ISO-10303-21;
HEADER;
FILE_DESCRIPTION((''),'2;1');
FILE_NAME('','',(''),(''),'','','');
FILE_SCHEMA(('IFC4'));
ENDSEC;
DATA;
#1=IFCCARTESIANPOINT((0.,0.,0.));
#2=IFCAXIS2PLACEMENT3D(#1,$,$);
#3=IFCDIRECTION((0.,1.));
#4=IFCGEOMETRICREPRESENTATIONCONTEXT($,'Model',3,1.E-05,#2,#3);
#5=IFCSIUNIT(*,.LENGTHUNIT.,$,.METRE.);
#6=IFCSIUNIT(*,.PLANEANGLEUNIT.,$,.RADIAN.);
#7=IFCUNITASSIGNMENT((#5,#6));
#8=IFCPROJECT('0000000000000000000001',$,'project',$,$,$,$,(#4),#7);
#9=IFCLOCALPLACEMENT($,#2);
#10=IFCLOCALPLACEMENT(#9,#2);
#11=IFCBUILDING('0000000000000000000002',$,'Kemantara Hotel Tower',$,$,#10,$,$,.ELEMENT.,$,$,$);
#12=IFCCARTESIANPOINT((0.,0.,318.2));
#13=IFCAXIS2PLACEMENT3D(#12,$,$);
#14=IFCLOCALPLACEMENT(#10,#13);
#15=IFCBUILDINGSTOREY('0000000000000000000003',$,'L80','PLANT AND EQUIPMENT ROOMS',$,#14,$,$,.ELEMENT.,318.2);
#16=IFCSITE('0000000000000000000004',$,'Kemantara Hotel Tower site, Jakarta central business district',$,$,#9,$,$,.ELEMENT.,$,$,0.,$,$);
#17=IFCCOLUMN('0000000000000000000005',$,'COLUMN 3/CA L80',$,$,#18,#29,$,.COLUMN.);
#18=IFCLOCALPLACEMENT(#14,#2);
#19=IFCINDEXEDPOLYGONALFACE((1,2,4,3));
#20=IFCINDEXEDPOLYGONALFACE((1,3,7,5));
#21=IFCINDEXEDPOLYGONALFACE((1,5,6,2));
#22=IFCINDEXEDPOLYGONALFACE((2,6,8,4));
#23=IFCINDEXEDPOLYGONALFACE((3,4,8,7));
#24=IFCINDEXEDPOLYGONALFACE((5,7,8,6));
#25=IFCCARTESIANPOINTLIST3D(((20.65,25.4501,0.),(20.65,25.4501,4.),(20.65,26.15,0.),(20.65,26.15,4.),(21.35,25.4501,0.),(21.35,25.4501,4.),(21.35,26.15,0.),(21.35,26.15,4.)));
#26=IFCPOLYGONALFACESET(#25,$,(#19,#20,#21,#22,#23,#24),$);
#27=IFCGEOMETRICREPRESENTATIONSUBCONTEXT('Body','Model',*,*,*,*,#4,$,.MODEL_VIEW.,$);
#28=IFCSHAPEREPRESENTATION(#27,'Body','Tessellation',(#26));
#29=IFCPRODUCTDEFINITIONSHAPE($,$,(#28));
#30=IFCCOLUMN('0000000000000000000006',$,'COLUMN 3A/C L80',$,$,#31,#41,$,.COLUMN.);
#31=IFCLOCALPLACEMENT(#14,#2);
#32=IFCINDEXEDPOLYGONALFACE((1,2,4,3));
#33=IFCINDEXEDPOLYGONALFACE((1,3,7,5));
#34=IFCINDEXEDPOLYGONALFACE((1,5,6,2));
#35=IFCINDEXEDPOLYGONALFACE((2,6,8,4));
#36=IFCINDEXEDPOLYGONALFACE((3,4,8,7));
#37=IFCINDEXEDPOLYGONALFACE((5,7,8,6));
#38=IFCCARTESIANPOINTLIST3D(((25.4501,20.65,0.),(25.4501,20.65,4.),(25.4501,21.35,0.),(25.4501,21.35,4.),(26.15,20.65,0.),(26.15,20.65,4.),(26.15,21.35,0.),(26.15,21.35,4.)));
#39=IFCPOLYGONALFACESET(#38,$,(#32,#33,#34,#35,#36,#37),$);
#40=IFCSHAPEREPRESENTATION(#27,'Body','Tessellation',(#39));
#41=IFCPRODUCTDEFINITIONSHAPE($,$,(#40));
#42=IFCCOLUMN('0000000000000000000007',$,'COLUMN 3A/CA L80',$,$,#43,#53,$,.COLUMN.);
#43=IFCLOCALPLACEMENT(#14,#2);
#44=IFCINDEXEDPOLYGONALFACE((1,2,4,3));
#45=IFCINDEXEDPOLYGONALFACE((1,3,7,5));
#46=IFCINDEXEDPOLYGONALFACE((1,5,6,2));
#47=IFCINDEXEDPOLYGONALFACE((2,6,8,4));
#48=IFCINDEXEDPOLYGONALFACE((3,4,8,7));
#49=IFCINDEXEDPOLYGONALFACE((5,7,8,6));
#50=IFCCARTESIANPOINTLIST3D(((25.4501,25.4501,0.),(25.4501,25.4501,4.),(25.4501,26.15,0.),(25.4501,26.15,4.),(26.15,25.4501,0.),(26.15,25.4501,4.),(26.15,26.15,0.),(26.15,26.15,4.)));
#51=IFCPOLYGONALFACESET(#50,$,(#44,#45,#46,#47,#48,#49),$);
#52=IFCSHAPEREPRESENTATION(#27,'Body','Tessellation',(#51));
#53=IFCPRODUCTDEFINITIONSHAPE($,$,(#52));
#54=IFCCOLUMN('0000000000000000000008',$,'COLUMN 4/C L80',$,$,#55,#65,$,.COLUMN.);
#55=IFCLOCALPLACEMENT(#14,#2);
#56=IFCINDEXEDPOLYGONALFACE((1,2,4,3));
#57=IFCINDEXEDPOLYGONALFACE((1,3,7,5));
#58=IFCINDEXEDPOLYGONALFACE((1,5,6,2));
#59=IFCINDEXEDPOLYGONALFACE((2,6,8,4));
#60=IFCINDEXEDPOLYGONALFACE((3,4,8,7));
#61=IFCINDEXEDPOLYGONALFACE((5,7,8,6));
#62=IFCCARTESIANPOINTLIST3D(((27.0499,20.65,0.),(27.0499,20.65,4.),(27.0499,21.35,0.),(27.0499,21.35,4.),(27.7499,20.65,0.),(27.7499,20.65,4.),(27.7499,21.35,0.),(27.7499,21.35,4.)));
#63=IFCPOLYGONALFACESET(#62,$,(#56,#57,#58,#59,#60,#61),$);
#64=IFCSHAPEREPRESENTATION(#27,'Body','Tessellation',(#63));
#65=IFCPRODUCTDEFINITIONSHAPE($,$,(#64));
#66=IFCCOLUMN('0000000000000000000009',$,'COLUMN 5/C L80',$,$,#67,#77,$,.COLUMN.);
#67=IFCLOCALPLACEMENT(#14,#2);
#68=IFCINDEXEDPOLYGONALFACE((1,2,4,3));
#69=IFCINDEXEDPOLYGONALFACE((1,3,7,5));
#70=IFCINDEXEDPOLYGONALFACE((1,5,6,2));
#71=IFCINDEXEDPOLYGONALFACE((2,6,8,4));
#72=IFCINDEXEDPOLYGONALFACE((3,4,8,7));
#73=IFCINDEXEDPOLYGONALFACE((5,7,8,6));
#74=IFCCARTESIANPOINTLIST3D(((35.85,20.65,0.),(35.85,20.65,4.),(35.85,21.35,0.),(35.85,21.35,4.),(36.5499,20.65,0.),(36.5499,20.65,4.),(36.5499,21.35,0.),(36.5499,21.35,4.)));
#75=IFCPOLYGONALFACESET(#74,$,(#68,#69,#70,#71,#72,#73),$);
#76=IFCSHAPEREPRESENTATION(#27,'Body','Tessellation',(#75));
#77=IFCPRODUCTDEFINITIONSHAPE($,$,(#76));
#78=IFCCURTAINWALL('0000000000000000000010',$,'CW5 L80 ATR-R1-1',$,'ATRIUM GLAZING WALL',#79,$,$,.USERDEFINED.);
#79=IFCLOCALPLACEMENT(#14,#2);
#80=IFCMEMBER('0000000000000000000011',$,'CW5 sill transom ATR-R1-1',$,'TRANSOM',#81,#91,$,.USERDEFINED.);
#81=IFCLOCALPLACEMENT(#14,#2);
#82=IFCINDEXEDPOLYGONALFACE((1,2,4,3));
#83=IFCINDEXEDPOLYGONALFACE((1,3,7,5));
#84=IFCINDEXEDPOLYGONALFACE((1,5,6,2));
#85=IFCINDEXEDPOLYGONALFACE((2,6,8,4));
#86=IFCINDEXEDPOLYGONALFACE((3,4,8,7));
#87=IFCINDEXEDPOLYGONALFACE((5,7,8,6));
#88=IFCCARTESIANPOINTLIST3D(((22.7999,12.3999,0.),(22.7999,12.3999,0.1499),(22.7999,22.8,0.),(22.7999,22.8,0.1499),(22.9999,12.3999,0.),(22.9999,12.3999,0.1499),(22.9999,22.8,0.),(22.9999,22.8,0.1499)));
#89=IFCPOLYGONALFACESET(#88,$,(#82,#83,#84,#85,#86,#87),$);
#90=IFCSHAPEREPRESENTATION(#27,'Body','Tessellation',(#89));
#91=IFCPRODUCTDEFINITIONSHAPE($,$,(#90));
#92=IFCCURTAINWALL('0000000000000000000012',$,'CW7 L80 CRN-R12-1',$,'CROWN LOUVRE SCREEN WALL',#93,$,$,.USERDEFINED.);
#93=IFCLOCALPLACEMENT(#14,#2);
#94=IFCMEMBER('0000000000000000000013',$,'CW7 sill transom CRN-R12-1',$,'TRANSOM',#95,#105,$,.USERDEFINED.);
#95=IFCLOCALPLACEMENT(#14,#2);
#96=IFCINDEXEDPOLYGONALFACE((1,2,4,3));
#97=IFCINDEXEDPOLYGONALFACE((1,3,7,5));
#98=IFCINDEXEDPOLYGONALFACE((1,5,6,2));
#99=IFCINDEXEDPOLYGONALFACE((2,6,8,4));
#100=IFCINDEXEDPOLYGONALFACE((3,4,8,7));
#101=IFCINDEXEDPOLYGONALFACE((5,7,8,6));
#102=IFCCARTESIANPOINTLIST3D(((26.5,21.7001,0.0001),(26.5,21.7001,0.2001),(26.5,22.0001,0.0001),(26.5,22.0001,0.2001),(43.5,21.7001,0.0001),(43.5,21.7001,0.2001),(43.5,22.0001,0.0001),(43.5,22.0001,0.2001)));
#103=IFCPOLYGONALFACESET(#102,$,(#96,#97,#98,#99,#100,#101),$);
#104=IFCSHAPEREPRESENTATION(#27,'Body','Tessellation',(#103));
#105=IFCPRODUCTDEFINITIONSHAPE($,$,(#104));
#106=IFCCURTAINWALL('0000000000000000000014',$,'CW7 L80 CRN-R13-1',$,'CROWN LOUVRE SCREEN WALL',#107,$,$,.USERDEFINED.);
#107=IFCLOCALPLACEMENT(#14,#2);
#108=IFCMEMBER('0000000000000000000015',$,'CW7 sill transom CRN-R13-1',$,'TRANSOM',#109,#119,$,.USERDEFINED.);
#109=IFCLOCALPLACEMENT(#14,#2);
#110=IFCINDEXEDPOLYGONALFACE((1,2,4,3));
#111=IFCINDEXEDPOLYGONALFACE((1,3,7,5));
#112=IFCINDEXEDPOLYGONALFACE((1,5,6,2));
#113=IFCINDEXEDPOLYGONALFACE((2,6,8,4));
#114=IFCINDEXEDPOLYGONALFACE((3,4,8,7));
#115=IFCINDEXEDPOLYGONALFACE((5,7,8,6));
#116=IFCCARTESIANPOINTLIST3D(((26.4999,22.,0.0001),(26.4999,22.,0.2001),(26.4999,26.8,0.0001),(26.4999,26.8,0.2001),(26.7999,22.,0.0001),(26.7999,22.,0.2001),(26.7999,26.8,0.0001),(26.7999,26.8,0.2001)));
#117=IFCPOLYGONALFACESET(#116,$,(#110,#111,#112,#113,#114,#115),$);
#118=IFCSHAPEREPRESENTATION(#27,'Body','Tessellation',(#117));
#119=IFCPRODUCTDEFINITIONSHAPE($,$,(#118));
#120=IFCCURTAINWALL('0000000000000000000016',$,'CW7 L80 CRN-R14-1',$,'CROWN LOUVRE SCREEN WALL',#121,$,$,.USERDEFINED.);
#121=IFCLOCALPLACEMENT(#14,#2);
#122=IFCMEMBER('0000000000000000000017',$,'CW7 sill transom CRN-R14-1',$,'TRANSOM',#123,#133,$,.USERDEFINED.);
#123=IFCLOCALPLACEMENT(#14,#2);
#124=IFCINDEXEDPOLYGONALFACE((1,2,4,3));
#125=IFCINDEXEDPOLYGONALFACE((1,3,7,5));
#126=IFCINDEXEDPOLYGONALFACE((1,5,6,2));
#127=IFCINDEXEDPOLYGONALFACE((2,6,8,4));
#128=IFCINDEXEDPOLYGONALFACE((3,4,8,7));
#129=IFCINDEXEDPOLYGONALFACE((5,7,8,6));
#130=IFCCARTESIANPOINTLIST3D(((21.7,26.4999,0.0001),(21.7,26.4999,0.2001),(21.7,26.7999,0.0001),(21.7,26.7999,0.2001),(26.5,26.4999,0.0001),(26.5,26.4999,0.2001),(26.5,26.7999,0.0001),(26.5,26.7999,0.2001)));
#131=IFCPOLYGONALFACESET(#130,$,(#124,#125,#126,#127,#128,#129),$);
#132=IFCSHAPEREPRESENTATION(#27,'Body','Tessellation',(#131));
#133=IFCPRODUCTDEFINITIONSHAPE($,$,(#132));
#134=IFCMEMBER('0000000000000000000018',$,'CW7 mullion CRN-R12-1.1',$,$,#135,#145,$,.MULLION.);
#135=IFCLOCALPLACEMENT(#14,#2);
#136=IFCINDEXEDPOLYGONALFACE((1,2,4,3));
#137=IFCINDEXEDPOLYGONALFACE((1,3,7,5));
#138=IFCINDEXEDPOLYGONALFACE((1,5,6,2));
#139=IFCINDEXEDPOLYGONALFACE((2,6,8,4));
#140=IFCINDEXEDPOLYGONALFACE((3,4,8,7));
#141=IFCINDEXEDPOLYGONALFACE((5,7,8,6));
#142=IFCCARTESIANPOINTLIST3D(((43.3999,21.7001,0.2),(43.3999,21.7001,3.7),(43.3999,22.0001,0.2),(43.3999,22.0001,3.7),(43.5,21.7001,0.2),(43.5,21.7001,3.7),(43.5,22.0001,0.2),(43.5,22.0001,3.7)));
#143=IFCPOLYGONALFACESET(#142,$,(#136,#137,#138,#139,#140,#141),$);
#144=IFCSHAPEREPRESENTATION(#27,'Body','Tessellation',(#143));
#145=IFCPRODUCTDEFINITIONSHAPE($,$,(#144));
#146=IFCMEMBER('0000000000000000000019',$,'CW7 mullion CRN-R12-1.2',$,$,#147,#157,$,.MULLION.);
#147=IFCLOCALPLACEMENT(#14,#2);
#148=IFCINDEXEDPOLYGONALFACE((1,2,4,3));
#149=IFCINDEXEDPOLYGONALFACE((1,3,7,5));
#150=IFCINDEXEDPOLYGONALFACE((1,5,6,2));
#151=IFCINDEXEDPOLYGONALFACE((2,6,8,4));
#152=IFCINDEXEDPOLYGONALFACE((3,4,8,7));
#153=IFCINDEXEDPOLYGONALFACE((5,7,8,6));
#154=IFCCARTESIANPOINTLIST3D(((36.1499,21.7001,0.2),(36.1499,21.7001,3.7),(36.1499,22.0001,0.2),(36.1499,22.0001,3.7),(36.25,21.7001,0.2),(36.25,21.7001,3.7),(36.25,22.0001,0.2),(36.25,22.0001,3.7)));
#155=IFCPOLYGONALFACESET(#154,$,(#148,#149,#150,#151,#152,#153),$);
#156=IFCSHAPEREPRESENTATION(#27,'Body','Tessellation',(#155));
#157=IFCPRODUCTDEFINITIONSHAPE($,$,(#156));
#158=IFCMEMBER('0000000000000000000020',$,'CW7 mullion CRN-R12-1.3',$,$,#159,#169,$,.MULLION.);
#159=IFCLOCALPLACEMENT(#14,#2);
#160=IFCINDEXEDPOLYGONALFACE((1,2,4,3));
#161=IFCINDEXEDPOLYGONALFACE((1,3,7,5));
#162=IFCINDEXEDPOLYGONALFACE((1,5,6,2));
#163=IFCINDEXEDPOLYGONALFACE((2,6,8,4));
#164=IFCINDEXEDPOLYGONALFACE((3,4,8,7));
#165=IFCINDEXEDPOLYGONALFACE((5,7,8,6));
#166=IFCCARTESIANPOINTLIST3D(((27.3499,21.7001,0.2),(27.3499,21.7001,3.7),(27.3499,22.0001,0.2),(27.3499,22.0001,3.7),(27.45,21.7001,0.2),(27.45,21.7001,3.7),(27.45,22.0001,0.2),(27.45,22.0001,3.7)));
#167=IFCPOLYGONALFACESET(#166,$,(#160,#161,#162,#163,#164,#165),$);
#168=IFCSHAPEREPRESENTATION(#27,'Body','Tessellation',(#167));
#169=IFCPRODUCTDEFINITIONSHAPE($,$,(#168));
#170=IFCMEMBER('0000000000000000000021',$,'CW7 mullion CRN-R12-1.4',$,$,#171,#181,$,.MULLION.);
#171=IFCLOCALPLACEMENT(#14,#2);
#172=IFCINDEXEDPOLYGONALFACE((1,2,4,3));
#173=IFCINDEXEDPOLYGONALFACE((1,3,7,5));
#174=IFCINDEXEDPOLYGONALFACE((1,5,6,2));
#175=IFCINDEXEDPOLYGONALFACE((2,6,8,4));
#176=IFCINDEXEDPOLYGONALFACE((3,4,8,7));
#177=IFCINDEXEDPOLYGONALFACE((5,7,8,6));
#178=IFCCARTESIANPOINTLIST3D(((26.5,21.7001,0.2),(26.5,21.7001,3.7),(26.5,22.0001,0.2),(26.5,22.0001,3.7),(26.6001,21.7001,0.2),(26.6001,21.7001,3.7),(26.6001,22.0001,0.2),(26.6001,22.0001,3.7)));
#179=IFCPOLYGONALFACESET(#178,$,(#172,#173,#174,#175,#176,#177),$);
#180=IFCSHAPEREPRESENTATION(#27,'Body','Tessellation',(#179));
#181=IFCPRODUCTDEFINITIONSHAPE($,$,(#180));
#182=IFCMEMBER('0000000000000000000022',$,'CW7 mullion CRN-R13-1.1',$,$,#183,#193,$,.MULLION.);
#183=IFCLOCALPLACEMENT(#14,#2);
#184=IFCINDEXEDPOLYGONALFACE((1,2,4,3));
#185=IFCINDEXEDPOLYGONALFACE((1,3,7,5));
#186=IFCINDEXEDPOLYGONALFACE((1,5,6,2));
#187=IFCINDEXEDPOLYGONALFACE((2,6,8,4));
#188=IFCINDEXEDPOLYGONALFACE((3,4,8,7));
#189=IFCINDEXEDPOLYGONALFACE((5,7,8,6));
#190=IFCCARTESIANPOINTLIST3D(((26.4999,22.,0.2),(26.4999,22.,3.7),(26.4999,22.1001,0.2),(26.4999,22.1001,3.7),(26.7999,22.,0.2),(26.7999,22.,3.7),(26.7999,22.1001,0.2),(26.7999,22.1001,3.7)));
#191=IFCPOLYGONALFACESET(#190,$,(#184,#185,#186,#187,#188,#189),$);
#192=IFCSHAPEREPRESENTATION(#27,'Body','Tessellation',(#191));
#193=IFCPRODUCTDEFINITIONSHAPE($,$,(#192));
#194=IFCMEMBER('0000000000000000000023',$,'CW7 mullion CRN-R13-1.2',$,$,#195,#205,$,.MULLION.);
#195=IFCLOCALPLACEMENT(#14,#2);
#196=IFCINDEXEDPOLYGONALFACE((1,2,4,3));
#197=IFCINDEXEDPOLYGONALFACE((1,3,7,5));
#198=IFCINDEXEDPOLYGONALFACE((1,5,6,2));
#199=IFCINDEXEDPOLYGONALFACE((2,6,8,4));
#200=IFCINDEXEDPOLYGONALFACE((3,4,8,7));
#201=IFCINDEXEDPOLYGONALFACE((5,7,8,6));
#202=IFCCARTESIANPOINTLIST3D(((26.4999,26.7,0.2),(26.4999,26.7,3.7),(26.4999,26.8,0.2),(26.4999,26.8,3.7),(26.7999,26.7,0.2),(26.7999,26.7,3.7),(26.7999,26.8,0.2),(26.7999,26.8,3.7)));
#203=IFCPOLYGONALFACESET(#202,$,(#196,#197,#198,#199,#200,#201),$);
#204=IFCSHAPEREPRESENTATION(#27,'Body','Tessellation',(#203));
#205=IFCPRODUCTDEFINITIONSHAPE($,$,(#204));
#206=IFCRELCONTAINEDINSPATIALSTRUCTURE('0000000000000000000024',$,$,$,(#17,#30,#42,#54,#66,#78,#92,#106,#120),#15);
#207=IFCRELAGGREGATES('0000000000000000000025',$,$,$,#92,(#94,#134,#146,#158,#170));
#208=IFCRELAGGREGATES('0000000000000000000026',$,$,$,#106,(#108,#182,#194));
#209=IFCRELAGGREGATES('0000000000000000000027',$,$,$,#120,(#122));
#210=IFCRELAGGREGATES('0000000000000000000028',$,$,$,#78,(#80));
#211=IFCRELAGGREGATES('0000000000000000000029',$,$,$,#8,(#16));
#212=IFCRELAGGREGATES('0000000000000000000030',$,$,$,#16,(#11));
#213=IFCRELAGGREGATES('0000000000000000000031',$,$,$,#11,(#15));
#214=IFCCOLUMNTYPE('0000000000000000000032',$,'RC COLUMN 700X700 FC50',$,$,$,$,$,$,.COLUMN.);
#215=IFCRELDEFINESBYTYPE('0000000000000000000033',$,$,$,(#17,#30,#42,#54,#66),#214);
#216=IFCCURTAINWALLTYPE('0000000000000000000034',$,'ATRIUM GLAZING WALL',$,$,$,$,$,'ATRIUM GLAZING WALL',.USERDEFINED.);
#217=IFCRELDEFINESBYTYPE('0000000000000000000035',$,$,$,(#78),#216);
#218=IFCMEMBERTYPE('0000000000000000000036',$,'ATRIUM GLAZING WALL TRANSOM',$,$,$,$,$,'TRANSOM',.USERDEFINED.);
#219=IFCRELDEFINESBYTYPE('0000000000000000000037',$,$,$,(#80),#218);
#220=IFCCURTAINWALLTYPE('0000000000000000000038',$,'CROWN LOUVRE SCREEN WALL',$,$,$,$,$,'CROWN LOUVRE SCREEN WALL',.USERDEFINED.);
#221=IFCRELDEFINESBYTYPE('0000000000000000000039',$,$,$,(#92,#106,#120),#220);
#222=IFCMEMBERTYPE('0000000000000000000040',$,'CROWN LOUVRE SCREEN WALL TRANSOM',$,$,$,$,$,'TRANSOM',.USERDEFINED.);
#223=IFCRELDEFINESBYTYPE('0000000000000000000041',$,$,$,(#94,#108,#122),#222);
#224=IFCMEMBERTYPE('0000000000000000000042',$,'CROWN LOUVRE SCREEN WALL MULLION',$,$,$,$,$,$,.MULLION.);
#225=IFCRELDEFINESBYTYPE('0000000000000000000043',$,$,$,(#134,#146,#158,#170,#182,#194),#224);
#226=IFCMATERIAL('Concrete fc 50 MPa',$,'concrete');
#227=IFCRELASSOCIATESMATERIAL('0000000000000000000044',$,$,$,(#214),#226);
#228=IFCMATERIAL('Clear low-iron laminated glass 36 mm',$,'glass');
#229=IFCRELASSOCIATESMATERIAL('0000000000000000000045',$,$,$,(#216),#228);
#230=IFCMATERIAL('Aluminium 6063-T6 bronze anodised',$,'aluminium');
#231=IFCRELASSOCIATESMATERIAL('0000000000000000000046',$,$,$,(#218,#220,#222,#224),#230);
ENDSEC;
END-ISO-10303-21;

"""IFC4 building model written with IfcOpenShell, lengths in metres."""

from ifc_helpers import new_model, si_unit, direction, frame, origin, origin_2d, place, context, subcontext, project, spatial, rectangle, extrude, source, transform, mapped, material, material_profile, profile_set, type_object, element, aggregate, save


model = new_model("IFC4")

# Units and contexts
model_context = context("Model", 3, precision=1e-05, world=origin(), true_north=direction((0.0, 1.0)))
body_context = subcontext(model_context, "Body", "Model", "MODEL_VIEW")
ifc_project = project(units=[si_unit("LENGTHUNIT", "METRE"), si_unit("PLANEANGLEUNIT", "RADIAN")], contexts=[model_context])

# Site, building, storey
site_placement = place(None, origin())
site = spatial("IfcSite", under=ifc_project, at=site_placement, Name="Kemantara Hotel Tower site, Jakarta central business district", CompositionType="ELEMENT", RefElevation=0.0)
building_placement = place(site_placement, origin())
building = spatial("IfcBuilding", under=site, at=building_placement, Name="Kemantara Hotel Tower", CompositionType="ELEMENT")
storey_placement = place(building_placement, frame((0.0, 0.0, 318.2)))
storey = spatial("IfcBuildingStorey", under=building, at=storey_placement, Name="L80", Description="PLANT AND EQUIPMENT ROOMS", CompositionType="ELEMENT", Elevation=318.2)

# Columns
ifc_material_1 = material(Name="Concrete fc 50 MPa", Category="concrete")
ifc_material_profile_1 = material_profile(ifc_material_1, rectangle(XDim=0.7, YDim=0.7, at=origin_2d()), Name="RC 700X700")
ifc_profile_set_1 = profile_set([ifc_material_profile_1], Name="Concrete fc 50 MPa")
column_type = type_object("IfcColumnType", Name="RC COLUMN 700X700 FC50", PredefinedType="COLUMN", material=ifc_profile_set_1)
for number, where, z_axis, x_axis, name in (
    (1, (21.0, 25.8, 0.0), (0.0, 0.0, 1.0), (1.0, 0.0, 0.0), "COLUMN 3/CA L80"),
    (2, (25.8, 21.0, 0.0), (0.0, 0.0, 1.0), (1.0, 0.0, 0.0), "COLUMN 3A/C L80"),
    (3, (25.8, 25.8, 0.0), (0.0, 0.0, 1.0), (1.0, 0.0, 0.0), "COLUMN 3A/CA L80"),
    (4, (27.3999, 21.0, 0.0), (0.0, 0.0, 1.0), (1.0, 0.0, 0.0), "COLUMN 4/C L80"),
    (5, (36.2, 21.0, 0.0), (0.0, 0.0, 1.0), (1.0, 0.0, 0.0), "COLUMN 5/C L80"),
):
    element("IfcColumn", number, at=place(storey_placement, frame(where, z_axis=z_axis, x_axis=x_axis)), inside=storey, type_object=column_type, Name=name, PredefinedType="COLUMN", context=body_context, shape_type="SweptSolid", body=[
        extrude(rectangle(XDim=0.7, YDim=0.7, at=origin_2d()), origin(), (0.0, 0.0, 1.0), 4.0),
    ])

# Curtain walls, members
ifc_material_2 = material(Name="Clear low-iron laminated glass 36 mm", Category="glass")
curtain_wall_type_1 = type_object("IfcCurtainWallType", Name="ATRIUM GLAZING WALL", ElementType="ATRIUM GLAZING WALL", PredefinedType="USERDEFINED", material=ifc_material_2)
curtain_wall_1_placement = place(storey_placement, origin())
curtain_wall_1 = element("IfcCurtainWall", 6, at=curtain_wall_1_placement, inside=storey, type_object=curtain_wall_type_1, Name="CW5 L80 ATR-R1-1", ObjectType="ATRIUM GLAZING WALL", PredefinedType="USERDEFINED")
ifc_material_3 = material(Name="Aluminium 6063-T6 bronze anodised", Category="aluminium")
ifc_material_profile_2 = material_profile(ifc_material_3, rectangle(XDim=0.2, YDim=0.1499, at=origin_2d()), Name="ATRIUM GLAZING WALL TRANSOM")
ifc_profile_set_2 = profile_set([ifc_material_profile_2], Name="Aluminium 6063-T6 bronze anodised")
member_type_1 = type_object("IfcMemberType", Name="ATRIUM GLAZING WALL TRANSOM", ElementType="TRANSOM", PredefinedType="USERDEFINED", material=ifc_profile_set_2)
member_1_placement = place(storey_placement, frame((22.8999, 22.8, 0.075), z_axis=(0.0, -1.0, 0.0), x_axis=(1.0, 0.0, 0.0)))
member_1 = element("IfcMember", 7, at=member_1_placement, type_object=member_type_1, Name="CW5 sill transom ATR-R1-1", ObjectType="TRANSOM", PredefinedType="USERDEFINED", context=body_context, shape_type="SweptSolid", body=[
    extrude(rectangle(XDim=0.2, YDim=0.1499, at=origin_2d()), origin(), (0.0, 0.0, 1.0), 10.4001),
])
curtain_wall_type_2 = type_object("IfcCurtainWallType", Name="CROWN LOUVRE SCREEN WALL", ElementType="CROWN LOUVRE SCREEN WALL", PredefinedType="USERDEFINED", material=ifc_material_3)
curtain_wall_2_placement = place(storey_placement, origin())
curtain_wall_2 = element("IfcCurtainWall", 8, at=curtain_wall_2_placement, inside=storey, type_object=curtain_wall_type_2, Name="CW7 L80 CRN-R12-1", ObjectType="CROWN LOUVRE SCREEN WALL", PredefinedType="USERDEFINED")
ifc_material_profile_3 = material_profile(ifc_material_3, rectangle(XDim=0.3, YDim=0.2, at=origin_2d()), Name="CROWN LOUVRE SCREEN WALL TRANSOM")
ifc_profile_set_3 = profile_set([ifc_material_profile_3], Name="Aluminium 6063-T6 bronze anodised")
member_type_2 = type_object("IfcMemberType", Name="CROWN LOUVRE SCREEN WALL TRANSOM", ElementType="TRANSOM", PredefinedType="USERDEFINED", material=ifc_profile_set_3)
member_2_placement = place(storey_placement, frame((43.5, 21.8501, 0.1001), z_axis=(-1.0, 0.0, 0.0), x_axis=(0.0, -1.0, 0.0)))
member_2 = element("IfcMember", 9, at=member_2_placement, type_object=member_type_2, Name="CW7 sill transom CRN-R12-1", ObjectType="TRANSOM", PredefinedType="USERDEFINED", context=body_context, shape_type="SweptSolid", body=[
    extrude(rectangle(XDim=0.3, YDim=0.2, at=origin_2d()), origin(), (0.0, 0.0, 1.0), 17.0),
])
curtain_wall_3_placement = place(storey_placement, origin())
curtain_wall_3 = element("IfcCurtainWall", 10, at=curtain_wall_3_placement, inside=storey, type_object=curtain_wall_type_2, Name="CW7 L80 CRN-R13-1", ObjectType="CROWN LOUVRE SCREEN WALL", PredefinedType="USERDEFINED")
member_3_placement = place(storey_placement, frame((26.6499, 22.0, 0.1001), z_axis=(0.0, 1.0, 0.0), x_axis=(-1.0, 0.0, 0.0)))
member_3 = element("IfcMember", 11, at=member_3_placement, type_object=member_type_2, Name="CW7 sill transom CRN-R13-1", ObjectType="TRANSOM", PredefinedType="USERDEFINED", context=body_context, shape_type="SweptSolid", body=[
    extrude(rectangle(XDim=0.3, YDim=0.2, at=origin_2d()), origin(), (0.0, 0.0, 1.0), 4.8),
])
curtain_wall_4_placement = place(storey_placement, origin())
curtain_wall_4 = element("IfcCurtainWall", 12, at=curtain_wall_4_placement, inside=storey, type_object=curtain_wall_type_2, Name="CW7 L80 CRN-R14-1", ObjectType="CROWN LOUVRE SCREEN WALL", PredefinedType="USERDEFINED")
member_4_placement = place(storey_placement, frame((26.5, 26.6499, 0.1001), z_axis=(-1.0, 0.0, 0.0), x_axis=(0.0, -1.0, 0.0)))
member_4 = element("IfcMember", 13, at=member_4_placement, type_object=member_type_2, Name="CW7 sill transom CRN-R14-1", ObjectType="TRANSOM", PredefinedType="USERDEFINED", context=body_context, shape_type="SweptSolid", body=[
    extrude(rectangle(XDim=0.3, YDim=0.2, at=origin_2d()), origin(), (0.0, 0.0, 1.0), 4.8),
])

# Members
ifc_material_profile_4 = material_profile(ifc_material_3, rectangle(XDim=0.3, YDim=0.1001, at=origin_2d()), Name="CROWN LOUVRE SCREEN WALL MULLION")
ifc_profile_set_4 = profile_set([ifc_material_profile_4], Name="Aluminium 6063-T6 bronze anodised")
member_type_3 = type_object("IfcMemberType", Name="CROWN LOUVRE SCREEN WALL MULLION", PredefinedType="MULLION", material=ifc_profile_set_4)
shared_shape_1 = source(origin(), body_context, "Body", "SweptSolid", [
    extrude(rectangle(XDim=0.3, YDim=0.1001, at=origin_2d()), origin(), (0.0, 0.0, 1.0), 3.5),
])
member_5_placement = place(storey_placement, frame((43.45, 21.8501, 0.2), z_axis=(0.0, 0.0, 1.0), x_axis=(0.0, -1.0, 0.0)))
member_5 = element("IfcMember", 14, at=member_5_placement, type_object=member_type_3, Name="CW7 mullion CRN-R12-1.1", PredefinedType="MULLION", context=body_context, shape_type="MappedRepresentation", body=[
    mapped(shared_shape_1, transform((0.0, 0.0, 0.0))),
])
member_6_placement = place(storey_placement, frame((36.2, 21.8501, 0.2), z_axis=(0.0, 0.0, 1.0), x_axis=(0.0, -1.0, 0.0)))
member_6 = element("IfcMember", 15, at=member_6_placement, type_object=member_type_3, Name="CW7 mullion CRN-R12-1.2", PredefinedType="MULLION", context=body_context, shape_type="MappedRepresentation", body=[
    mapped(shared_shape_1, transform((0.0, 0.0, 0.0))),
])
member_7_placement = place(storey_placement, frame((27.3999, 21.8501, 0.2), z_axis=(0.0, 0.0, 1.0), x_axis=(0.0, -1.0, 0.0)))
member_7 = element("IfcMember", 16, at=member_7_placement, type_object=member_type_3, Name="CW7 mullion CRN-R12-1.3", PredefinedType="MULLION", context=body_context, shape_type="MappedRepresentation", body=[
    mapped(shared_shape_1, transform((0.0, 0.0, 0.0))),
])
member_8_placement = place(storey_placement, frame((26.55, 21.8501, 0.2), z_axis=(0.0, 0.0, 1.0), x_axis=(0.0, -1.0, 0.0)))
member_8 = element("IfcMember", 17, at=member_8_placement, type_object=member_type_3, Name="CW7 mullion CRN-R12-1.4", PredefinedType="MULLION", context=body_context, shape_type="MappedRepresentation", body=[
    mapped(shared_shape_1, transform((0.0, 0.0, 0.0))),
])
member_9_placement = place(storey_placement, frame((26.6499, 22.05, 0.2), z_axis=(0.0, 0.0, 1.0), x_axis=(-1.0, 0.0, 0.0)))
member_9 = element("IfcMember", 18, at=member_9_placement, type_object=member_type_3, Name="CW7 mullion CRN-R13-1.1", PredefinedType="MULLION", context=body_context, shape_type="MappedRepresentation", body=[
    mapped(shared_shape_1, transform((0.0, 0.0, 0.0))),
])
member_10_placement = place(storey_placement, frame((26.6499, 26.75, 0.2), z_axis=(0.0, 0.0, 1.0), x_axis=(-1.0, 0.0, 0.0)))
member_10 = element("IfcMember", 19, at=member_10_placement, type_object=member_type_3, Name="CW7 mullion CRN-R13-1.2", PredefinedType="MULLION", context=body_context, shape_type="MappedRepresentation", body=[
    mapped(shared_shape_1, transform((0.0, 0.0, 0.0))),
])

aggregate(curtain_wall_2, [member_2, member_5, member_6, member_7, member_8])
aggregate(curtain_wall_3, [member_3, member_9, member_10])
aggregate(curtain_wall_4, [member_4])
aggregate(curtain_wall_1, [member_1])

save(model, "model.ifc")
